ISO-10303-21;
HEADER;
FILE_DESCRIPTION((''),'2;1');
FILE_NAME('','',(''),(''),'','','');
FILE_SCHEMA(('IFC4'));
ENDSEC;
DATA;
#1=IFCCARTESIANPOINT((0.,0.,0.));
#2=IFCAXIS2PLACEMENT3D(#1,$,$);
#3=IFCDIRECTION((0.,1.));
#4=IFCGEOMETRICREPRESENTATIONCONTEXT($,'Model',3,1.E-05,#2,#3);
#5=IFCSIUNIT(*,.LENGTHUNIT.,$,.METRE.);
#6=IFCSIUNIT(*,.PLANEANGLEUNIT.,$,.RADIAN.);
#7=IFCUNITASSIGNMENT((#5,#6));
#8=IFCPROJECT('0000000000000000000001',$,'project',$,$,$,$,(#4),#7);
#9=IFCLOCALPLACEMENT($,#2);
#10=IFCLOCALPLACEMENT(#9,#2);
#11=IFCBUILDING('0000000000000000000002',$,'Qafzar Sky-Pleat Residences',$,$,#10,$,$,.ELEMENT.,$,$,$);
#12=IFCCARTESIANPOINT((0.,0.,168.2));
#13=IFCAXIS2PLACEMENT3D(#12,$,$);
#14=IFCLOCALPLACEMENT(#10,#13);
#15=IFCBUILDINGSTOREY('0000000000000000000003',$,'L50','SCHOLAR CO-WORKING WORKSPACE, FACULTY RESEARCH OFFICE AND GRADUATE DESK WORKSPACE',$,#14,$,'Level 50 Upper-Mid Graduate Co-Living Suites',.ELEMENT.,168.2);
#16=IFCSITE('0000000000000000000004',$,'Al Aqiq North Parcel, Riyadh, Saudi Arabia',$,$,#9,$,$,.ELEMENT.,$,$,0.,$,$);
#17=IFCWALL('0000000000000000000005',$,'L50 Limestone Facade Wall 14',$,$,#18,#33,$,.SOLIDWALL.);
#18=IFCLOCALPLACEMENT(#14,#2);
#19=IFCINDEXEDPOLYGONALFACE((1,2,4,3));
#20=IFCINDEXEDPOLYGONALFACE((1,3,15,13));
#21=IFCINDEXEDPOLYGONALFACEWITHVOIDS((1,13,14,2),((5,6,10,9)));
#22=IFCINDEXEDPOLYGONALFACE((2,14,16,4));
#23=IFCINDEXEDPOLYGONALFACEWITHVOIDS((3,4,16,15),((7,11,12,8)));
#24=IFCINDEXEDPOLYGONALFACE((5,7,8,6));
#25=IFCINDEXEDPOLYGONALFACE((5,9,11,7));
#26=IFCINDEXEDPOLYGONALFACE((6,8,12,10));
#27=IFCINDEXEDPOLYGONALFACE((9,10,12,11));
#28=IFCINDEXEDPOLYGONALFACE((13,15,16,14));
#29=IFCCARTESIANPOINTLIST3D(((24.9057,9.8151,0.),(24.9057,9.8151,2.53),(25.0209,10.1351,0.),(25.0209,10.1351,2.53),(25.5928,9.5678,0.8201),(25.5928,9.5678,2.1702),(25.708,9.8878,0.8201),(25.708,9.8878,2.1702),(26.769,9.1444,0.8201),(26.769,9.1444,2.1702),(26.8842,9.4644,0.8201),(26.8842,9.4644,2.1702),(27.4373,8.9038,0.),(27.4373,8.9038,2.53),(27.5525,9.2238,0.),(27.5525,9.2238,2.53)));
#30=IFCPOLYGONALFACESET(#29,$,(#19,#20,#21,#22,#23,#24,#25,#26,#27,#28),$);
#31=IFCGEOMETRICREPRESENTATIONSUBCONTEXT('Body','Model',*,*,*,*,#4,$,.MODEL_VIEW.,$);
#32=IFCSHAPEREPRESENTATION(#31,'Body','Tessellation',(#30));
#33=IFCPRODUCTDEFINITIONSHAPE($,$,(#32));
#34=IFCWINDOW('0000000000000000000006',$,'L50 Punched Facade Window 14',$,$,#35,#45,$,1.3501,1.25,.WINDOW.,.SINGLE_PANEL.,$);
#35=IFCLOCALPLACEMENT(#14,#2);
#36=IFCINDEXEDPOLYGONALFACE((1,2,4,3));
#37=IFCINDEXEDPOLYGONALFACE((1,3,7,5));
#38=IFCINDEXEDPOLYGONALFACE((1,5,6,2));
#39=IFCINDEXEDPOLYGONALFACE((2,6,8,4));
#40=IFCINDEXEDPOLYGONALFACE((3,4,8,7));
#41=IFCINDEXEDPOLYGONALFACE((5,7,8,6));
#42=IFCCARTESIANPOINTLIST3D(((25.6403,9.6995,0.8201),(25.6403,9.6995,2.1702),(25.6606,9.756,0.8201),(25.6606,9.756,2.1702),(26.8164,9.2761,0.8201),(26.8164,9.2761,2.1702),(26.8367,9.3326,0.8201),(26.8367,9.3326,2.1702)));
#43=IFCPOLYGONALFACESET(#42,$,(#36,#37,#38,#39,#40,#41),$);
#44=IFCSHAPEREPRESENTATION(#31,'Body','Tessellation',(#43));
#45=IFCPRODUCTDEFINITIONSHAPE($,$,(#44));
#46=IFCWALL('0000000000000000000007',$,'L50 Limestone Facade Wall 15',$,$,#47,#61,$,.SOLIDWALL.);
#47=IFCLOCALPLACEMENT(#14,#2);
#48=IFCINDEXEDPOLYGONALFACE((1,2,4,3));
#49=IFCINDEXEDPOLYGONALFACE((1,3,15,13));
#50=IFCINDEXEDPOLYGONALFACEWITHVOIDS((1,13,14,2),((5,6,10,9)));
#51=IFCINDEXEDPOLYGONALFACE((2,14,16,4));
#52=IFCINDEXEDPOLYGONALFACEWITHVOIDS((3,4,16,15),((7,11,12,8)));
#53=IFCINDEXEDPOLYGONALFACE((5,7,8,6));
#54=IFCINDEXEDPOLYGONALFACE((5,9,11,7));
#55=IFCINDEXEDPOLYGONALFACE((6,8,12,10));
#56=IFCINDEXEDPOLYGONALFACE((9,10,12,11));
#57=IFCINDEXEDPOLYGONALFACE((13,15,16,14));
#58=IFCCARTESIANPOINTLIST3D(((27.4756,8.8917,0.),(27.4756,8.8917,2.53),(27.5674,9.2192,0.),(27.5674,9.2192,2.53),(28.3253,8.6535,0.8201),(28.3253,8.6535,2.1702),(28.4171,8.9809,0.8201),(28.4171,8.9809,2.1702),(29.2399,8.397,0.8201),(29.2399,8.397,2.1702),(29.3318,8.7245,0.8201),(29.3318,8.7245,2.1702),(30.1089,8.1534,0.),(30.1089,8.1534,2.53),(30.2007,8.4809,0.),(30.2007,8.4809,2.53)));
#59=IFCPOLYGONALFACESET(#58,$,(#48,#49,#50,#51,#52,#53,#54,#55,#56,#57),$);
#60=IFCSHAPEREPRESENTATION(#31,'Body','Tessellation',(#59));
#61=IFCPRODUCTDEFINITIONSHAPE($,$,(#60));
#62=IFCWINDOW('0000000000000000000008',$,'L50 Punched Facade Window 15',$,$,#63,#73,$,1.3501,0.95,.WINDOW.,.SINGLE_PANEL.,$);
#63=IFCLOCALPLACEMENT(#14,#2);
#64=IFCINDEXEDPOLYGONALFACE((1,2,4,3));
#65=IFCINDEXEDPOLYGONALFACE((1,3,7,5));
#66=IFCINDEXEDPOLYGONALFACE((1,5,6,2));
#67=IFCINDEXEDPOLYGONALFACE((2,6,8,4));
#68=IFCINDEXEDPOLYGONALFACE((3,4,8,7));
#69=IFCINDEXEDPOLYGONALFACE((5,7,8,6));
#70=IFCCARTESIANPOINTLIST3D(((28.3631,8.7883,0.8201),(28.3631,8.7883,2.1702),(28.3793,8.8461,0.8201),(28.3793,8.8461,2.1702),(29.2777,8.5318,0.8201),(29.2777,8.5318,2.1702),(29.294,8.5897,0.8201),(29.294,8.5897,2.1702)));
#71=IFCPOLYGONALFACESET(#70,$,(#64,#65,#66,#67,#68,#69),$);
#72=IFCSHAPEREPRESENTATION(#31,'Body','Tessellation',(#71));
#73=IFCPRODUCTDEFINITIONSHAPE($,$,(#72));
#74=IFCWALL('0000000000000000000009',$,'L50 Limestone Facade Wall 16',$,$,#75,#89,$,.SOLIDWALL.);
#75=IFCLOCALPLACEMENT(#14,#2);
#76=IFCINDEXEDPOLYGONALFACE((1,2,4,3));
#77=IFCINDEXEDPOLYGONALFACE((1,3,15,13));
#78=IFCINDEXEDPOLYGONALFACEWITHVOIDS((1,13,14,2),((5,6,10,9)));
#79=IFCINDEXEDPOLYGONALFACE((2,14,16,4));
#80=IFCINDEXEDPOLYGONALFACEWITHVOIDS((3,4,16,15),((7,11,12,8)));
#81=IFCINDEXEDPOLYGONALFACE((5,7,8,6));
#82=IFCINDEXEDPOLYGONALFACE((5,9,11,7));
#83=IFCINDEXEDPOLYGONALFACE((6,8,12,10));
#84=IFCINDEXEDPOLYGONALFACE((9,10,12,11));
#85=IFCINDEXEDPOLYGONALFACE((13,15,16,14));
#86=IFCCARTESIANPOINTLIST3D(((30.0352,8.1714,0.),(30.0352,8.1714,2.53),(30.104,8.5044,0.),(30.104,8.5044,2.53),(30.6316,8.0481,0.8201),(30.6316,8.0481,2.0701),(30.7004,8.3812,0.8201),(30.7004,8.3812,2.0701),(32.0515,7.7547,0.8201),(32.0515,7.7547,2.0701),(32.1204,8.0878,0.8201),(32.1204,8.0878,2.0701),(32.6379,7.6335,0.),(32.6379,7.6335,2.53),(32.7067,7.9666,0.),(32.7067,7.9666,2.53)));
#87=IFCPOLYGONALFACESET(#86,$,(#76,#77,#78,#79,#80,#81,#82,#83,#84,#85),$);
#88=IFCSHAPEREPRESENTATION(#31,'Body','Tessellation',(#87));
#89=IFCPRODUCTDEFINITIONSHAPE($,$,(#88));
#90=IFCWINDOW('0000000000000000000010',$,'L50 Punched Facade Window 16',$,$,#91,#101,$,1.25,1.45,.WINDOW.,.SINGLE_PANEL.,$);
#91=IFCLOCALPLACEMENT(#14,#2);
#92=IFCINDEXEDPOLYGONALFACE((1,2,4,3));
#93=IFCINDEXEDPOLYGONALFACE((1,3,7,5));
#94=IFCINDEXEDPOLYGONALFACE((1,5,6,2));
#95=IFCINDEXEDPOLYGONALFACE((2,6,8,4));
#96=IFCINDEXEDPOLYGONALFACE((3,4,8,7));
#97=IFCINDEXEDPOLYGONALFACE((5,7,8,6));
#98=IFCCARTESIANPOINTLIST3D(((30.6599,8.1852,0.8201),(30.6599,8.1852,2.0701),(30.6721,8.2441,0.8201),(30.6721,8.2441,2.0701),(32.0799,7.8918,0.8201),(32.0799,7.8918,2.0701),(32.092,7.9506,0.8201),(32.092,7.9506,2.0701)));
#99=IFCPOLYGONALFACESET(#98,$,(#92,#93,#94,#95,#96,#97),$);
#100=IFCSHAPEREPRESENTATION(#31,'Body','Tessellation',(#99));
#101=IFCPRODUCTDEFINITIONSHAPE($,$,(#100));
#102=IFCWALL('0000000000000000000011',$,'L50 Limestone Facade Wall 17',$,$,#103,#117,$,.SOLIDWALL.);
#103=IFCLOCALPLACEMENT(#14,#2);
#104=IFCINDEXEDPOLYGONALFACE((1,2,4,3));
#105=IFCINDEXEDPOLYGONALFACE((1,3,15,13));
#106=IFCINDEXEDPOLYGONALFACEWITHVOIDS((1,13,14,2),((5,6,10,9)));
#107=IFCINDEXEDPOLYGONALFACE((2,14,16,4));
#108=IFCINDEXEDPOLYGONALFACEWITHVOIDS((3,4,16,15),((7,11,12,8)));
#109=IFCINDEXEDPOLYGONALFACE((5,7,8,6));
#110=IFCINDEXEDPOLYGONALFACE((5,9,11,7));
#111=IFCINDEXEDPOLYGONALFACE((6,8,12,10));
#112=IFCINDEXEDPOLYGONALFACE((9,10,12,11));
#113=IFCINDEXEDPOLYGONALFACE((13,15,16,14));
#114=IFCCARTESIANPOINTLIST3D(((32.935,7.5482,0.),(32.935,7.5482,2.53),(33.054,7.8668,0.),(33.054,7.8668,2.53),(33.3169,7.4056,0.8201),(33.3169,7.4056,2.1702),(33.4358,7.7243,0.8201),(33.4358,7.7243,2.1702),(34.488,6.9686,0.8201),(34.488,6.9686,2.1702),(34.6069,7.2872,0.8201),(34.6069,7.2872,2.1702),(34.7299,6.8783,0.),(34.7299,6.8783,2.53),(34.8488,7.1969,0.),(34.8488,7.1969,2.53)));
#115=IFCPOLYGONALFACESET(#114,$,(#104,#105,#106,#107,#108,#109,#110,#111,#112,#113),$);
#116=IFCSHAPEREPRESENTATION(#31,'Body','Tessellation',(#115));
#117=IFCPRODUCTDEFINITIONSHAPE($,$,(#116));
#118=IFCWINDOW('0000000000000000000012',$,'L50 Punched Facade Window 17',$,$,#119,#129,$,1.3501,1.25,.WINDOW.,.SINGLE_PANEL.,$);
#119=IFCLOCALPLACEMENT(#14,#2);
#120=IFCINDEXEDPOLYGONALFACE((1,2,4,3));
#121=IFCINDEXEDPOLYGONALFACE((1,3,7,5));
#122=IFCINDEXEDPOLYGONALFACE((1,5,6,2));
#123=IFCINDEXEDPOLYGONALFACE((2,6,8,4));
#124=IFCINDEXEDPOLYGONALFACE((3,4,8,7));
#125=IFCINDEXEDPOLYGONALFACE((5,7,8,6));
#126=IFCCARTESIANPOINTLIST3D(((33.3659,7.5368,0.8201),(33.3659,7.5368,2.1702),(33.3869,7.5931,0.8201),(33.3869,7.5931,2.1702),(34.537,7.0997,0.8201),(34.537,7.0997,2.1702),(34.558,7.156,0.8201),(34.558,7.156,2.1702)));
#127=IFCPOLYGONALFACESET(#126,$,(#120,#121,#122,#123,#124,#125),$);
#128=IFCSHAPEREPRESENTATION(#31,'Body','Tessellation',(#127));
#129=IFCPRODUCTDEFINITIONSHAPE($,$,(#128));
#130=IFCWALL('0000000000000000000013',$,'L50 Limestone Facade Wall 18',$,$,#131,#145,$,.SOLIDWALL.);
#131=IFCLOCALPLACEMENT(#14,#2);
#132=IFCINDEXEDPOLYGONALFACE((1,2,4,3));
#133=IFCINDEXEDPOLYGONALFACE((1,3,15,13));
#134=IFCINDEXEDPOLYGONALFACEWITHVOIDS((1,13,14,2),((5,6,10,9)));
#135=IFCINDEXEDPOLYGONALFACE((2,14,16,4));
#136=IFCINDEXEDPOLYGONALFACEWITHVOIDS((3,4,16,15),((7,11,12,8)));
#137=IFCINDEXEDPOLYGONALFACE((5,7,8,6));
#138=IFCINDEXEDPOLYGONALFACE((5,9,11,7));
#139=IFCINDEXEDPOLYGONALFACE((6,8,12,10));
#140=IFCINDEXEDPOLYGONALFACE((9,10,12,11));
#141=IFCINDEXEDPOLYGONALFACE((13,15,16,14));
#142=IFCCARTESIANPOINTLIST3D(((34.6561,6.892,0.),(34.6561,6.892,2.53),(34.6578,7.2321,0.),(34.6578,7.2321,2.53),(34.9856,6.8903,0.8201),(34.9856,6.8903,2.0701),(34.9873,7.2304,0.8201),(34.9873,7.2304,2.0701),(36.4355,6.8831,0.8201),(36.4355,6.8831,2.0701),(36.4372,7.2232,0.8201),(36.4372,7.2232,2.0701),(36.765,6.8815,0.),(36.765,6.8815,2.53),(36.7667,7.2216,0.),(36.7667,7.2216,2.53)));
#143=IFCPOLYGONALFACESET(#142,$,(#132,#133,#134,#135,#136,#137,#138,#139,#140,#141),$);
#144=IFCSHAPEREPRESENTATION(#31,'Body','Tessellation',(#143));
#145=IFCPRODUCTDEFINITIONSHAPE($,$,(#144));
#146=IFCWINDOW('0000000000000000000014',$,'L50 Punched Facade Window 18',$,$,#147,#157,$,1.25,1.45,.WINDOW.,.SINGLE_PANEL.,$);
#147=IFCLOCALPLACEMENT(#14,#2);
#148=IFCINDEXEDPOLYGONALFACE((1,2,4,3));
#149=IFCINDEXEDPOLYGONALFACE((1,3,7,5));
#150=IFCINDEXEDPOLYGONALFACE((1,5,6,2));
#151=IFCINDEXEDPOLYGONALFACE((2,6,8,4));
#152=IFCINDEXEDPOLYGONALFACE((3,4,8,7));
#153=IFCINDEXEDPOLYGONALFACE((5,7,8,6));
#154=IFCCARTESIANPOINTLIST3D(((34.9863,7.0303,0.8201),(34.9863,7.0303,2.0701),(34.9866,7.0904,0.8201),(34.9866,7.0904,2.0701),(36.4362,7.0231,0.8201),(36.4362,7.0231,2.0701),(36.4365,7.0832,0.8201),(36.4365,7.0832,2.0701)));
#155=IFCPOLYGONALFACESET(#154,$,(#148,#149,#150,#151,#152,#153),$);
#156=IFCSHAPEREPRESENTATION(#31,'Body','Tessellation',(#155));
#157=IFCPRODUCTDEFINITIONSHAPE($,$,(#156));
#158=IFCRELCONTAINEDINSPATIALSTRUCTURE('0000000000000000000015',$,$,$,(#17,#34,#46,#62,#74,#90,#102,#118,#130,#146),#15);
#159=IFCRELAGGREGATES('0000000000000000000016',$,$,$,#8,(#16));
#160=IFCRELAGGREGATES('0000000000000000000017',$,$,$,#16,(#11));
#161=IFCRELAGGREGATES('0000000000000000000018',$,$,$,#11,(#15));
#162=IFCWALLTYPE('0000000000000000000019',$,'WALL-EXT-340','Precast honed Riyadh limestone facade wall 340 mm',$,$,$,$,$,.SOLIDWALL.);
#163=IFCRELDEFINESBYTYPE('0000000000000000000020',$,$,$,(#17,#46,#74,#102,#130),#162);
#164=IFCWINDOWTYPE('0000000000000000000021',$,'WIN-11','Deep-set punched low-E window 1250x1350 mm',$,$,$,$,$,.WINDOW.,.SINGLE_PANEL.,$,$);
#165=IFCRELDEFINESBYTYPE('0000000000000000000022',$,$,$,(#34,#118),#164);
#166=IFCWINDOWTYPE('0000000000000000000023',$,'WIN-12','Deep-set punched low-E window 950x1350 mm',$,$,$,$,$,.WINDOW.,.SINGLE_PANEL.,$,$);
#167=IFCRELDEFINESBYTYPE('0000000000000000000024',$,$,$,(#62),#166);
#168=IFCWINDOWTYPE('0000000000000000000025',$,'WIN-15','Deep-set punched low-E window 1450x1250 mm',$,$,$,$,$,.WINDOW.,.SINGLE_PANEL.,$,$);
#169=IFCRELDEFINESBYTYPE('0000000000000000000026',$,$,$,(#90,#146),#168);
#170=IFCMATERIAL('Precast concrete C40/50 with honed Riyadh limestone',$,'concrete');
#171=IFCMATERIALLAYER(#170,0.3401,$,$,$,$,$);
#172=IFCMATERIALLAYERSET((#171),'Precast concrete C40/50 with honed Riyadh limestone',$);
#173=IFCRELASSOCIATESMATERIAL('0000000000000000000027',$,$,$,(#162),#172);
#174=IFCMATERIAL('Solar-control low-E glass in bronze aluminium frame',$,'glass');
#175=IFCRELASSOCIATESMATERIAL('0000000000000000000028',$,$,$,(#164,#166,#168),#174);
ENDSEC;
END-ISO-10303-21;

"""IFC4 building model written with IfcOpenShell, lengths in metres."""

from ifc_helpers import new_model, si_unit, direction, frame, frame_2d, origin, place, context, subcontext, project, spatial, rectangle, extrude, source, transform, mapped, material, layer, layer_set, type_object, element, fill, save


model = new_model("IFC4")

# Units and contexts
model_context = context("Model", 3, precision=1e-05, world=origin(), true_north=direction((0.0, 1.0)))
body_context = subcontext(model_context, "Body", "Model", "MODEL_VIEW")
ifc_project = project(units=[si_unit("LENGTHUNIT", "METRE"), si_unit("PLANEANGLEUNIT", "RADIAN")], contexts=[model_context])

# Site, building, storey
site_placement = place(None, origin())
site = spatial("IfcSite", under=ifc_project, at=site_placement, Name="Al Aqiq North Parcel, Riyadh, Saudi Arabia", CompositionType="ELEMENT", RefElevation=0.0)
building_placement = place(site_placement, origin())
building = spatial("IfcBuilding", under=site, at=building_placement, Name="Qafzar Sky-Pleat Residences", CompositionType="ELEMENT")
storey_placement = place(building_placement, frame((0.0, 0.0, 168.2)))
storey = spatial("IfcBuildingStorey", under=building, at=storey_placement, Name="L50", Description="SCHOLAR CO-WORKING WORKSPACE, FACULTY RESEARCH OFFICE AND GRADUATE DESK WORKSPACE", LongName="Level 50 Upper-Mid Graduate Co-Living Suites", CompositionType="ELEMENT", Elevation=168.2)

# Walls, openings, windows
ifc_material_1 = material(Name="Precast concrete C40/50 with honed Riyadh limestone", Category="concrete")
ifc_layer_1 = layer(ifc_material_1, 0.3401)
ifc_layer_set_1 = layer_set([ifc_layer_1], Name="Precast concrete C40/50 with honed Riyadh limestone")
wall_type = type_object("IfcWallType", Name="WALL-EXT-340", Description="Precast honed Riyadh limestone facade wall 340 mm", PredefinedType="SOLIDWALL", material=ifc_layer_set_1)
wall_1_placement = place(storey_placement, frame((24.9634, 9.9751, 0.0), z_axis=(0.0, 0.0, 1.0), x_axis=(0.940893, -0.338703, 0.0)))
wall_1 = element("IfcWall", 1, at=wall_1_placement, inside=storey, type_object=wall_type, Name="L50 Limestone Facade Wall 14", PredefinedType="SOLIDWALL", context=body_context, shape_type="SweptSolid", body=[
    extrude(rectangle(XDim=2.6907, YDim=0.3401, at=frame_2d((1.3452, 0.0))), origin(), (0.0, 0.0, 1.0), 2.53),
])
opening_1_placement = place(wall_1_placement, frame((0.7302, 0.0, 0.8201)))
opening_1 = element("IfcOpeningElement", 2, at=opening_1_placement, cuts=wall_1, PredefinedType="OPENING", context=body_context, shape_type="SweptSolid", body=[
    extrude(rectangle(XDim=1.25, YDim=1.3501, at=frame_2d((0.625, 0.675))), frame((0.0, 0.1802, 0.0), z_axis=(0.0, -1.0, 0.0), x_axis=(1.0, 0.0, 0.0)), (0.0, 0.0, 1.0), 0.3601),
])
ifc_material_2 = material(Name="Solar-control low-E glass in bronze aluminium frame", Category="glass")
window_type_1 = type_object("IfcWindowType", Name="WIN-11", Description="Deep-set punched low-E window 1250x1350 mm", PartitioningType="SINGLE_PANEL", PredefinedType="WINDOW", material=ifc_material_2)
shared_shape_1 = source(origin(), body_context, "Body", "SweptSolid", [
    extrude(rectangle(XDim=1.25, YDim=1.3501, at=frame_2d((0.625, 0.675))), frame((0.0, 0.03, 0.0), z_axis=(0.0, -1.0, 0.0), x_axis=(1.0, 0.0, 0.0)), (0.0, 0.0, 1.0), 0.0601),
])
window_1_placement = place(opening_1_placement, origin())
window_1 = element("IfcWindow", 3, at=window_1_placement, inside=storey, type_object=window_type_1, Name="L50 Punched Facade Window 14", OverallHeight=1.3501, OverallWidth=1.25, PartitioningType="SINGLE_PANEL", PredefinedType="WINDOW", context=body_context, shape_type="MappedRepresentation", body=[
    mapped(shared_shape_1, transform((0.0, 0.0, 0.0), x_axis=(1.0, 0.0, 0.0), y_axis=(0.0, 1.0, 0.0), z_axis=(0.0, 0.0, 1.0), scale=1.0)),
])
fill(opening_1, window_1)
wall_2_placement = place(storey_placement, frame((27.5215, 9.0554, 0.0), z_axis=(0.0, 0.0, 1.0), x_axis=(0.962873, -0.269954, 0.0)))
wall_2 = element("IfcWall", 4, at=wall_2_placement, inside=storey, type_object=wall_type, Name="L50 Limestone Facade Wall 15", PredefinedType="SOLIDWALL", context=body_context, shape_type="SweptSolid", body=[
    extrude(rectangle(XDim=2.7349, YDim=0.3401, at=frame_2d((1.3674, 0.0))), origin(), (0.0, 0.0, 1.0), 2.53),
])
opening_2_placement = place(wall_2_placement, frame((0.8823, 0.0, 0.8201)))
opening_2 = element("IfcOpeningElement", 5, at=opening_2_placement, cuts=wall_2, PredefinedType="OPENING", context=body_context, shape_type="SweptSolid", body=[
    extrude(rectangle(XDim=0.95, YDim=1.3501, at=frame_2d((0.4751, 0.675))), frame((0.0, 0.1802, 0.0), z_axis=(0.0, -1.0, 0.0), x_axis=(1.0, 0.0, 0.0)), (0.0, 0.0, 1.0), 0.3601),
])
window_type_2 = type_object("IfcWindowType", Name="WIN-12", Description="Deep-set punched low-E window 950x1350 mm", PartitioningType="SINGLE_PANEL", PredefinedType="WINDOW", material=ifc_material_2)
shared_shape_2 = source(origin(), body_context, "Body", "SweptSolid", [
    extrude(rectangle(XDim=0.95, YDim=1.3501, at=frame_2d((0.4751, 0.675))), frame((0.0, 0.03, 0.0), z_axis=(0.0, -1.0, 0.0), x_axis=(1.0, 0.0, 0.0)), (0.0, 0.0, 1.0), 0.0601),
])
window_2_placement = place(opening_2_placement, origin())
window_2 = element("IfcWindow", 6, at=window_2_placement, inside=storey, type_object=window_type_2, Name="L50 Punched Facade Window 15", OverallHeight=1.3501, OverallWidth=0.95, PartitioningType="SINGLE_PANEL", PredefinedType="WINDOW", context=body_context, shape_type="MappedRepresentation", body=[
    mapped(shared_shape_2, transform((0.0, 0.0, 0.0), x_axis=(1.0, 0.0, 0.0), y_axis=(0.0, 1.0, 0.0), z_axis=(0.0, 0.0, 1.0), scale=1.0)),
])
fill(opening_2, window_2)
wall_3_placement = place(storey_placement, frame((30.0696, 8.3379, 0.0), z_axis=(0.0, 0.0, 1.0), x_axis=(0.97931, -0.202366, 0.0)))
wall_3 = element("IfcWall", 7, at=wall_3_placement, inside=storey, type_object=wall_type, Name="L50 Limestone Facade Wall 16", PredefinedType="SOLIDWALL", context=body_context, shape_type="SweptSolid", body=[
    extrude(rectangle(XDim=2.6577, YDim=0.3401, at=frame_2d((1.3289, 0.0))), origin(), (0.0, 0.0, 1.0), 2.53),
])
opening_3_placement = place(wall_3_placement, frame((0.6089, 0.0, 0.8201)))
opening_3 = element("IfcOpeningElement", 8, at=opening_3_placement, cuts=wall_3, PredefinedType="OPENING", context=body_context, shape_type="SweptSolid", body=[
    extrude(rectangle(XDim=1.45, YDim=1.25, at=frame_2d((0.7251, 0.625))), frame((0.0, 0.1802, 0.0), z_axis=(0.0, -1.0, 0.0), x_axis=(1.0, 0.0, 0.0)), (0.0, 0.0, 1.0), 0.3601),
])
window_type_3 = type_object("IfcWindowType", Name="WIN-15", Description="Deep-set punched low-E window 1450x1250 mm", PartitioningType="SINGLE_PANEL", PredefinedType="WINDOW", material=ifc_material_2)
shared_shape_3 = source(origin(), body_context, "Body", "SweptSolid", [
    extrude(rectangle(XDim=1.45, YDim=1.25, at=frame_2d((0.7251, 0.625))), frame((0.0, 0.03, 0.0), z_axis=(0.0, -1.0, 0.0), x_axis=(1.0, 0.0, 0.0)), (0.0, 0.0, 1.0), 0.0601),
])
window_3_placement = place(opening_3_placement, origin())
window_3 = element("IfcWindow", 9, at=window_3_placement, inside=storey, type_object=window_type_3, Name="L50 Punched Facade Window 16", OverallHeight=1.25, OverallWidth=1.45, PartitioningType="SINGLE_PANEL", PredefinedType="WINDOW", context=body_context, shape_type="MappedRepresentation", body=[
    mapped(shared_shape_3, transform((0.0, 0.0, 0.0), x_axis=(1.0, 0.0, 0.0), y_axis=(0.0, 1.0, 0.0), z_axis=(0.0, 0.0, 1.0), scale=1.0)),
])
fill(opening_3, window_3)
wall_4_placement = place(storey_placement, frame((32.9944, 7.7075, 0.0), z_axis=(0.0, 0.0, 1.0), x_axis=(0.936873, -0.349671, 0.0)))
wall_4 = element("IfcWall", 10, at=wall_4_placement, inside=storey, type_object=wall_type, Name="L50 Limestone Facade Wall 17", PredefinedType="SOLIDWALL", context=body_context, shape_type="SweptSolid", body=[
    extrude(rectangle(XDim=1.9158, YDim=0.3401, at=frame_2d((0.958, 0.0))), origin(), (0.0, 0.0, 1.0), 2.53),
])
opening_4_placement = place(wall_4_placement, frame((0.4077, 0.0, 0.8201)))
opening_4 = element("IfcOpeningElement", 11, at=opening_4_placement, cuts=wall_4, PredefinedType="OPENING", context=body_context, shape_type="SweptSolid", body=[
    extrude(rectangle(XDim=1.25, YDim=1.3501, at=frame_2d((0.625, 0.675))), frame((0.0, 0.1802, 0.0), z_axis=(0.0, -1.0, 0.0), x_axis=(1.0, 0.0, 0.0)), (0.0, 0.0, 1.0), 0.3601),
])
window_4_placement = place(opening_4_placement, origin())
window_4 = element("IfcWindow", 12, at=window_4_placement, inside=storey, type_object=window_type_1, Name="L50 Punched Facade Window 17", OverallHeight=1.3501, OverallWidth=1.25, PartitioningType="SINGLE_PANEL", PredefinedType="WINDOW", context=body_context, shape_type="MappedRepresentation", body=[
    mapped(shared_shape_1, transform((0.0, 0.0, 0.0), x_axis=(1.0, 0.0, 0.0), y_axis=(0.0, 1.0, 0.0), z_axis=(0.0, 0.0, 1.0), scale=1.0)),
])
fill(opening_4, window_4)
wall_5_placement = place(storey_placement, frame((34.657, 7.062, 0.0), z_axis=(0.0, 0.0, 1.0), x_axis=(0.999988, -0.004978, 0.0)))
wall_5 = element("IfcWall", 13, at=wall_5_placement, inside=storey, type_object=wall_type, Name="L50 Limestone Facade Wall 18", PredefinedType="SOLIDWALL", context=body_context, shape_type="SweptSolid", body=[
    extrude(rectangle(XDim=2.1089, YDim=0.3401, at=frame_2d((1.0544, 0.0))), origin(), (0.0, 0.0, 1.0), 2.53),
])
opening_5_placement = place(wall_5_placement, frame((0.3293, 0.0, 0.8201)))
opening_5 = element("IfcOpeningElement", 14, at=opening_5_placement, cuts=wall_5, PredefinedType="OPENING", context=body_context, shape_type="SweptSolid", body=[
    extrude(rectangle(XDim=1.45, YDim=1.25, at=frame_2d((0.7251, 0.625))), frame((0.0, 0.1802, 0.0), z_axis=(0.0, -1.0, 0.0), x_axis=(1.0, 0.0, 0.0)), (0.0, 0.0, 1.0), 0.3601),
])
window_5_placement = place(opening_5_placement, origin())
window_5 = element("IfcWindow", 15, at=window_5_placement, inside=storey, type_object=window_type_3, Name="L50 Punched Facade Window 18", OverallHeight=1.25, OverallWidth=1.45, PartitioningType="SINGLE_PANEL", PredefinedType="WINDOW", context=body_context, shape_type="MappedRepresentation", body=[
    mapped(shared_shape_3, transform((0.0, 0.0, 0.0), x_axis=(1.0, 0.0, 0.0), y_axis=(0.0, 1.0, 0.0), z_axis=(0.0, 0.0, 1.0), scale=1.0)),
])
fill(opening_5, window_5)

save(model, "model.ifc")
